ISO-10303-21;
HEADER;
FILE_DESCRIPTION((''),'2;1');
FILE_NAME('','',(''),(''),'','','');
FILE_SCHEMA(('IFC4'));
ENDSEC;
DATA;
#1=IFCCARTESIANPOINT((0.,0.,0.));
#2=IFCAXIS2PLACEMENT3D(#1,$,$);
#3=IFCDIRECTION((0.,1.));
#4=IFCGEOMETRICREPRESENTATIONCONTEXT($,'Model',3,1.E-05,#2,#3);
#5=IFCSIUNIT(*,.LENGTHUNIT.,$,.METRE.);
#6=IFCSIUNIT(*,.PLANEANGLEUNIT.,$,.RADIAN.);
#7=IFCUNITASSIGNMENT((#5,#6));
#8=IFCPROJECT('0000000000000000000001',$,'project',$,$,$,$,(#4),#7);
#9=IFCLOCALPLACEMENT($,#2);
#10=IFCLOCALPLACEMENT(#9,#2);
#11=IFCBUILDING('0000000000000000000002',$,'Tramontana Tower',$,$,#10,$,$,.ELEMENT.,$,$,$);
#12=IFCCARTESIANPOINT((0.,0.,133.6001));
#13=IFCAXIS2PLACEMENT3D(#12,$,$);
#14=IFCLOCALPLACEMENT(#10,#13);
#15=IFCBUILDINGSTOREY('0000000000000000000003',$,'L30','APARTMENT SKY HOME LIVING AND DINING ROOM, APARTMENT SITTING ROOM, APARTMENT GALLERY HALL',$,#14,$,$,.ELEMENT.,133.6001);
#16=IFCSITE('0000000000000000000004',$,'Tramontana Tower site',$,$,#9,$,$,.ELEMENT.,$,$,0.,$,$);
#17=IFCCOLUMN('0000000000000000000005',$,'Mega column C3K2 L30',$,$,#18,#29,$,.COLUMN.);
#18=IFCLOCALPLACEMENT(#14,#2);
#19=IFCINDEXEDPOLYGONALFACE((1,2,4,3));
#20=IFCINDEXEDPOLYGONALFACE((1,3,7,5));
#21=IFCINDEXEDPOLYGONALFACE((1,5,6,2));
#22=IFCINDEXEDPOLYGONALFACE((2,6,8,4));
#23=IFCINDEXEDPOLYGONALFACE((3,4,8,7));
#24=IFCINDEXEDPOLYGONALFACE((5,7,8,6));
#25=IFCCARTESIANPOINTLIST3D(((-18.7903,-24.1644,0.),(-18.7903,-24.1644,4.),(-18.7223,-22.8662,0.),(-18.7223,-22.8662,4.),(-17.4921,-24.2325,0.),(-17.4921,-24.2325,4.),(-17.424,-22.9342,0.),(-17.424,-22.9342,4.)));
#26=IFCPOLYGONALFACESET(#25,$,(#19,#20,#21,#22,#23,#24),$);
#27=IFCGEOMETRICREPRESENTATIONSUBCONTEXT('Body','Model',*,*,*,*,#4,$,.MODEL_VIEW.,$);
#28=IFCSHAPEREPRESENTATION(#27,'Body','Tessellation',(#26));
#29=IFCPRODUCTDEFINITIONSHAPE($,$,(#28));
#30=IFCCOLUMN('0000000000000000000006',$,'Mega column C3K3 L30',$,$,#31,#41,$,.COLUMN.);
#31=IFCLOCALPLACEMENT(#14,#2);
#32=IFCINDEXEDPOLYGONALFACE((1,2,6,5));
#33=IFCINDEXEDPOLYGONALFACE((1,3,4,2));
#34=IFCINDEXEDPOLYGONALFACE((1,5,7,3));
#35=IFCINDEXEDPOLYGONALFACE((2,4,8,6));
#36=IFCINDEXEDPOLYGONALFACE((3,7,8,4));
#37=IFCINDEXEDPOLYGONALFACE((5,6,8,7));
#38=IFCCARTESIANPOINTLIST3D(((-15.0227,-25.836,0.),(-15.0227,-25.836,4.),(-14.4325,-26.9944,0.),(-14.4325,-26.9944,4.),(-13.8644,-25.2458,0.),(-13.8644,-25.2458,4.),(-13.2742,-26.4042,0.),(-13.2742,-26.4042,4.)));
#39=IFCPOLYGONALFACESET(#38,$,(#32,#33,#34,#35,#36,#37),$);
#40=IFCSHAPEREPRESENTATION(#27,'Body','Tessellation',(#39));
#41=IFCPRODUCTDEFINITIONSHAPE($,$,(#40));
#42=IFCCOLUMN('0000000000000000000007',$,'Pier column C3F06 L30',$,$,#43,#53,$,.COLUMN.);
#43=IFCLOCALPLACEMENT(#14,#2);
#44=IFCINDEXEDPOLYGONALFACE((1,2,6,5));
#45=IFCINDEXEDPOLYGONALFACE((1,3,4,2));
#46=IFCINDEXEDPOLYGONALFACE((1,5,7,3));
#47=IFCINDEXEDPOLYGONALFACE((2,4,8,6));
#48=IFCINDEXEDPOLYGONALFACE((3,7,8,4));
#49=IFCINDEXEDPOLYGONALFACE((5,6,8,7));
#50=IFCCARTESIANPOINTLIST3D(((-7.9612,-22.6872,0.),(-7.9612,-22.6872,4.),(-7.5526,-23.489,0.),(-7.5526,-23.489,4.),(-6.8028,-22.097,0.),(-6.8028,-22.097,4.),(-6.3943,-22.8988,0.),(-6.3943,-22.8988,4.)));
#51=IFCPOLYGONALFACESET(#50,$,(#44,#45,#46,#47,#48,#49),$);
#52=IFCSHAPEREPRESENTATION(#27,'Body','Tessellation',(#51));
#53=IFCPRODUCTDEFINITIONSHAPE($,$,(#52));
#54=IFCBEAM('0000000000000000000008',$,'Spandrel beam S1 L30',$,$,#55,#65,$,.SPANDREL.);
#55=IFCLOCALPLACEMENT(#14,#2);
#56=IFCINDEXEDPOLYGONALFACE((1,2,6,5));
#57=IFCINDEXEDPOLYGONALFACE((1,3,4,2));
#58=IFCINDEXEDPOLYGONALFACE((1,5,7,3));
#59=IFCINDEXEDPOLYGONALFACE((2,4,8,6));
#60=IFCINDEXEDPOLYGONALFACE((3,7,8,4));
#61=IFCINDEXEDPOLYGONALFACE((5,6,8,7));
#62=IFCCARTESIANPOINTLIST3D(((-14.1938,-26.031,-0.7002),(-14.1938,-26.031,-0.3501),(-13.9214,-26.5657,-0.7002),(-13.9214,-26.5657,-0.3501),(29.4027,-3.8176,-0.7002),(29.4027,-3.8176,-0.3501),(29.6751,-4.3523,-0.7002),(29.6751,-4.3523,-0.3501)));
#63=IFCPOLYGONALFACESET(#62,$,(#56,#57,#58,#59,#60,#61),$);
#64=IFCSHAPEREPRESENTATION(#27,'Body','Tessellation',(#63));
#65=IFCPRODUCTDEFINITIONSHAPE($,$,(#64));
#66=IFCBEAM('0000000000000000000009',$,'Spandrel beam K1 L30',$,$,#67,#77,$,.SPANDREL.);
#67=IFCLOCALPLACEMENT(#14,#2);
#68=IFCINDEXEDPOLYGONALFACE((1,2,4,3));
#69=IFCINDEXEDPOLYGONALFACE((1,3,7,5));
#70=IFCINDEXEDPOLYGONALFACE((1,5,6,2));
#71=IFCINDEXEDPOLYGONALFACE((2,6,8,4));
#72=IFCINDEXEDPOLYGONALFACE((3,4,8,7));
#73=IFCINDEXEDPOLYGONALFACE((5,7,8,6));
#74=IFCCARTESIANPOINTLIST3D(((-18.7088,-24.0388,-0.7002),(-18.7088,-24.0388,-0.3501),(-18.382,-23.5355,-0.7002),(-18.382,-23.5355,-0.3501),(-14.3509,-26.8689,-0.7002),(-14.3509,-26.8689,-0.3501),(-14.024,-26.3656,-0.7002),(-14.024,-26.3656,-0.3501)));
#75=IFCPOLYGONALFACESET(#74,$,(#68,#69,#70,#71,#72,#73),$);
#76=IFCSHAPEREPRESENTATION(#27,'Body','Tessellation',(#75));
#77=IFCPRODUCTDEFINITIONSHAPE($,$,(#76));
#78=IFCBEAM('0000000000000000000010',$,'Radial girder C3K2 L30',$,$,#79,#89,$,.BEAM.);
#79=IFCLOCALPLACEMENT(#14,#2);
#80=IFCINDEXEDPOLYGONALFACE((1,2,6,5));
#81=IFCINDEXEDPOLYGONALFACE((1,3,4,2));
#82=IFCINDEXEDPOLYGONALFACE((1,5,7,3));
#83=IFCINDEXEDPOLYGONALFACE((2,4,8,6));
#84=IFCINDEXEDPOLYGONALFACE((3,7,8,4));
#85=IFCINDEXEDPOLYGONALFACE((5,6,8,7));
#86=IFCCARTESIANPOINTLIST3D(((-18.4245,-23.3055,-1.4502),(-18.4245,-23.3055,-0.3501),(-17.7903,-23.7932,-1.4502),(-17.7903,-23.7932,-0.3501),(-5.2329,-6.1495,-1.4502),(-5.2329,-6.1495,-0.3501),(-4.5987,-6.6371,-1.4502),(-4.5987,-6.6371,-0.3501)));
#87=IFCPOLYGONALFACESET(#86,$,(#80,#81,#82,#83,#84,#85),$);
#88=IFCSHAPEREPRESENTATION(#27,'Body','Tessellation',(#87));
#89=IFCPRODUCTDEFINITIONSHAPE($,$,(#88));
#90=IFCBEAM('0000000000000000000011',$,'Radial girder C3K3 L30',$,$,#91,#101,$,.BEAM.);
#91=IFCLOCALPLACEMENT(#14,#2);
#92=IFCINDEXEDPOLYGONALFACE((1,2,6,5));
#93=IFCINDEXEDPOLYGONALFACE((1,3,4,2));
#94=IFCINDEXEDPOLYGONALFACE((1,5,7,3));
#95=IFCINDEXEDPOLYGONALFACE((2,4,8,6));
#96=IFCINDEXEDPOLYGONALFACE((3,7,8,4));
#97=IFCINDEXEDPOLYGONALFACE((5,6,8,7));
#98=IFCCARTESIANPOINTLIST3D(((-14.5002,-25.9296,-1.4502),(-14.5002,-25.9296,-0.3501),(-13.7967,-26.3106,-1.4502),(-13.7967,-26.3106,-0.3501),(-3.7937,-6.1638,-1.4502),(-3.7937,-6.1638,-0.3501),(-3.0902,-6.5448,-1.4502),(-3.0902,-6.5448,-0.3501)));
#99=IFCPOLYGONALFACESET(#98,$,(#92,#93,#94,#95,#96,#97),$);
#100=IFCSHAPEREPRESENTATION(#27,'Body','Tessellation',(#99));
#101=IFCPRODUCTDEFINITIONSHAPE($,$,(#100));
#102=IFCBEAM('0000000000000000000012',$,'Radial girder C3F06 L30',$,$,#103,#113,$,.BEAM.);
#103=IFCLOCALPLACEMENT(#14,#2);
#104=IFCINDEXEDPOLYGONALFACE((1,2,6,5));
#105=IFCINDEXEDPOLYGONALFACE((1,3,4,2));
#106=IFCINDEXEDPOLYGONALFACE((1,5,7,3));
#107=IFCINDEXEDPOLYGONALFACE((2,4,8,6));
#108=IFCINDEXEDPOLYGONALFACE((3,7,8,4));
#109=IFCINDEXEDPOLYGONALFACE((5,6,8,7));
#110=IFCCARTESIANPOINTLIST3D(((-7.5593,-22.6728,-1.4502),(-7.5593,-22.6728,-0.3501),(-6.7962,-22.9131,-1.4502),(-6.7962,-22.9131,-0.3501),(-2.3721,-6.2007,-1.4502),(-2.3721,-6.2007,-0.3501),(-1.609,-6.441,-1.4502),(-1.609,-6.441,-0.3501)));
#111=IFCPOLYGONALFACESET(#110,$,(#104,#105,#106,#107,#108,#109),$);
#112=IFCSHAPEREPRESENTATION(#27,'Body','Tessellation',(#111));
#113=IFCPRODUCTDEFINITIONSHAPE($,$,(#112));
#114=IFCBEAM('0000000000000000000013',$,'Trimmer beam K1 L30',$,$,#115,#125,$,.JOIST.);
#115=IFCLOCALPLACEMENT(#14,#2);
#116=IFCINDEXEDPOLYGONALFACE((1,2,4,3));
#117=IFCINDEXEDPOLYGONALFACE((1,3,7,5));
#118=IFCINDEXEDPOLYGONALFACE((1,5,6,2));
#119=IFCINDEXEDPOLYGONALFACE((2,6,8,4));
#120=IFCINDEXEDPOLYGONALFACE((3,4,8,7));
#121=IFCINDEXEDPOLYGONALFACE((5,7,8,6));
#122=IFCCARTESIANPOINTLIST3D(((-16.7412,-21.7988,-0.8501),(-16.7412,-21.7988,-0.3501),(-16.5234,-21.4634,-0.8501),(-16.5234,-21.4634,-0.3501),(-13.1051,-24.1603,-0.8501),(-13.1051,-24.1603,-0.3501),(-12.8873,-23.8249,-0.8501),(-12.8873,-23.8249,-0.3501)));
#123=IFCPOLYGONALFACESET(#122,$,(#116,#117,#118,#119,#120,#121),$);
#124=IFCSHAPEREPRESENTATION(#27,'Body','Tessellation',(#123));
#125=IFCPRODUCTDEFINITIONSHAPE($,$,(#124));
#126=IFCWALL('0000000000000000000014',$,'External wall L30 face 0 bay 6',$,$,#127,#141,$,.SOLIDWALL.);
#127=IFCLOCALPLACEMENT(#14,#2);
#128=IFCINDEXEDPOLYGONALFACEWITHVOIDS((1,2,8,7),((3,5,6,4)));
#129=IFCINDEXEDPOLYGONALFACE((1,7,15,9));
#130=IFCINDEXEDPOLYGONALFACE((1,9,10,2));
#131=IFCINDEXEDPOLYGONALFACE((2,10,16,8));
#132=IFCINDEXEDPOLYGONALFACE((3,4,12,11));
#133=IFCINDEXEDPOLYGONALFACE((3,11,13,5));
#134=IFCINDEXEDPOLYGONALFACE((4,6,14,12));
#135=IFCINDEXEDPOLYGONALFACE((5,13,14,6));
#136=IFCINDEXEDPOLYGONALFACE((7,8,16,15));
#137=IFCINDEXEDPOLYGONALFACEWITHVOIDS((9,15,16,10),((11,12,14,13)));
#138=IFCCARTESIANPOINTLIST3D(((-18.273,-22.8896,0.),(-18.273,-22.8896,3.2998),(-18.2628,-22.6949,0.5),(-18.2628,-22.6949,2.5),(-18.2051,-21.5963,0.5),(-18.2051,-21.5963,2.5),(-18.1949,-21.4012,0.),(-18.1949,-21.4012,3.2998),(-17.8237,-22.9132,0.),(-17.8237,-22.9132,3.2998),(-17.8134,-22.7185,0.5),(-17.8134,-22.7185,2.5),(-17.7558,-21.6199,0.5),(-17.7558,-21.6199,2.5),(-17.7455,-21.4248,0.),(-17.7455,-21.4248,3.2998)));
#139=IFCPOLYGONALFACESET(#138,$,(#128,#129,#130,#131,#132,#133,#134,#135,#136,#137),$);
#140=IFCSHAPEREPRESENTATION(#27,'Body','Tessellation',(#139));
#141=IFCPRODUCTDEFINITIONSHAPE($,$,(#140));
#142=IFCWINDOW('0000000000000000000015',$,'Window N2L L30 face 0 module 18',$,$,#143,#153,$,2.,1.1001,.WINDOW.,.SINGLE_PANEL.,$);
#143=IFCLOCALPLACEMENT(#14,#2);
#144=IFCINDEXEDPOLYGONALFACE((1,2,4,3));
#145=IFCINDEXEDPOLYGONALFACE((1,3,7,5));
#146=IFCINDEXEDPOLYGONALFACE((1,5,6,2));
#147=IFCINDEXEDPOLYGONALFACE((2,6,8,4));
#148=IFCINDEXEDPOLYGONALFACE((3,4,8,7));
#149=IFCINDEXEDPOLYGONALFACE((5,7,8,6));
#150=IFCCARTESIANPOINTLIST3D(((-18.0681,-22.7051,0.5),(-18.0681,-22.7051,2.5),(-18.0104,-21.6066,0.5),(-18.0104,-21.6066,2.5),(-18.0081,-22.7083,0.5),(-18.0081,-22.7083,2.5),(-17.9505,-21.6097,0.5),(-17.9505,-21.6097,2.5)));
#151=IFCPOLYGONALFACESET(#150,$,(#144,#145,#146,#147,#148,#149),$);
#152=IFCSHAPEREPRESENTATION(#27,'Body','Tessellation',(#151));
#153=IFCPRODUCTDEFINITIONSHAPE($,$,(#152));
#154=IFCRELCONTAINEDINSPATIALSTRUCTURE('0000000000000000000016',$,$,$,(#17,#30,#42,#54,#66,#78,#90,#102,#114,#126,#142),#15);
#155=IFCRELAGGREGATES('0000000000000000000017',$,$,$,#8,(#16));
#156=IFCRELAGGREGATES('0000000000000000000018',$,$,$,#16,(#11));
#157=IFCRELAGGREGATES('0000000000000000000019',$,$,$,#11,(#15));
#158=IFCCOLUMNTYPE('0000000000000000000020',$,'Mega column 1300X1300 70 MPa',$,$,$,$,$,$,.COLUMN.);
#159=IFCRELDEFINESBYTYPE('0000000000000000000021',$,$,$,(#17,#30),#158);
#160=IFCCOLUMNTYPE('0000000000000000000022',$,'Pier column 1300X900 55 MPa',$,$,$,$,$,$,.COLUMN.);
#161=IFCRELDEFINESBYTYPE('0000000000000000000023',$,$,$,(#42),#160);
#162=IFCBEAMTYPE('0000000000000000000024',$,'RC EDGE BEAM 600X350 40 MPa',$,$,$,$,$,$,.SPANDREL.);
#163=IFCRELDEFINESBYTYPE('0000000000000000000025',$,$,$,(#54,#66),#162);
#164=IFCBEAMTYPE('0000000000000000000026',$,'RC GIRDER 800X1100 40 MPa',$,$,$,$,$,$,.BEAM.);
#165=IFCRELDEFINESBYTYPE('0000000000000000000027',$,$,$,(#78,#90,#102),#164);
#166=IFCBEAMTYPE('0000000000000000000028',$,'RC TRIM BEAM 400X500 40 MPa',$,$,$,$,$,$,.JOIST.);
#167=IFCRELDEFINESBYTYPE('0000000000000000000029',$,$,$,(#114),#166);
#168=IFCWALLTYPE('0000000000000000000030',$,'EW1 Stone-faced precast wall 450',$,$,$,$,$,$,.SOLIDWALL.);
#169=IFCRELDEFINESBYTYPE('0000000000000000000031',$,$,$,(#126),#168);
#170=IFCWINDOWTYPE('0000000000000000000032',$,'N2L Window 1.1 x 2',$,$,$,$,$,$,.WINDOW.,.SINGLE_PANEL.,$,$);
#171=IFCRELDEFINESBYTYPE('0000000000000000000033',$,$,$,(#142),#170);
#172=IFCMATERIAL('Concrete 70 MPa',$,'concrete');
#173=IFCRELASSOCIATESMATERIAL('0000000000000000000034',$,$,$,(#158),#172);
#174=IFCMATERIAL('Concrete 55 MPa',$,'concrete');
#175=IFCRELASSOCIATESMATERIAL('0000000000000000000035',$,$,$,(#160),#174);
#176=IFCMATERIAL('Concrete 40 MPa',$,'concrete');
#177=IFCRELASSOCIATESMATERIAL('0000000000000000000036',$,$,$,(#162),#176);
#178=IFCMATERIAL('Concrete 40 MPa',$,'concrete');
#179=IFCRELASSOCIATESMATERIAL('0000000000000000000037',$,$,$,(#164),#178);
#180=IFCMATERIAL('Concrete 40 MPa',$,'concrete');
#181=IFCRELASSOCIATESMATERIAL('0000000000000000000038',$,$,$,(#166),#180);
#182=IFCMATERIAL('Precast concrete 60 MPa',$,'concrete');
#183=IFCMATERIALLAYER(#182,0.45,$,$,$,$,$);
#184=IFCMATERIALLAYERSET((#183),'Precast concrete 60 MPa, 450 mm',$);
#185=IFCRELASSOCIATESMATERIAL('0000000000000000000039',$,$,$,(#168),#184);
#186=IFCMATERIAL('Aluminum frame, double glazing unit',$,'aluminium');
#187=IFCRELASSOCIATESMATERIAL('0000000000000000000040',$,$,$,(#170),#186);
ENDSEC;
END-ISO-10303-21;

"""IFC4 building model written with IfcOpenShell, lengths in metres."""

from ifc_helpers import new_model, si_unit, direction, frame, frame_2d, origin, origin_2d, place, context, subcontext, project, spatial, rectangle, extrude, material, layer, layer_set, material_profile, profile_set, type_object, element, fill, save


model = new_model("IFC4")

# Units and contexts
model_context = context("Model", 3, precision=1e-05, world=origin(), true_north=direction((0.0, 1.0)))
body_context = subcontext(model_context, "Body", "Model", "MODEL_VIEW")
ifc_project = project(units=[si_unit("LENGTHUNIT", "METRE"), si_unit("PLANEANGLEUNIT", "RADIAN")], contexts=[model_context])

# Site, building, storey
site_placement = place(None, origin())
site = spatial("IfcSite", under=ifc_project, at=site_placement, Name="Tramontana Tower site", CompositionType="ELEMENT", RefElevation=0.0)
building_placement = place(site_placement, origin())
building = spatial("IfcBuilding", under=site, at=building_placement, Name="Tramontana Tower", CompositionType="ELEMENT")
storey_placement = place(building_placement, frame((0.0, 0.0, 133.6001)))
storey = spatial("IfcBuildingStorey", under=building, at=storey_placement, Name="L30", Description="APARTMENT SKY HOME LIVING AND DINING ROOM, APARTMENT SITTING ROOM, APARTMENT GALLERY HALL", CompositionType="ELEMENT", Elevation=133.6001)

# Columns
ifc_material_1 = material(Name="Concrete 70 MPa", Category="concrete")
ifc_material_profile_1 = material_profile(ifc_material_1, rectangle(XDim=1.3, YDim=1.3, at=origin_2d()), Name="Mega column 1300X1300 70 MPa")
ifc_profile_set_1 = profile_set([ifc_material_profile_1], Name="Concrete 70 MPa")
column_type_1 = type_object("IfcColumnType", Name="Mega column 1300X1300 70 MPa", PredefinedType="COLUMN", material=ifc_profile_set_1)
for number, where, z_axis, x_axis, name in (
    (1, (-18.1072, -23.5493, 0.0), (0.0, 0.0, 1.0), (-0.052336, -0.99863, 0.0), "Mega column C3K2 L30"),
    (2, (-14.1484, -26.1201, 0.0), (0.0, 0.0, 1.0), (0.891007, 0.45399, 0.0), "Mega column C3K3 L30"),
):
    element("IfcColumn", number, at=place(storey_placement, frame(where, z_axis=z_axis, x_axis=x_axis)), inside=storey, type_object=column_type_1, Name=name, PredefinedType="COLUMN", context=body_context, shape_type="SweptSolid", body=[
        extrude(rectangle(XDim=1.3, YDim=1.3, at=origin_2d()), origin(), (0.0, 0.0, 1.0), 4.0),
    ])
ifc_material_2 = material(Name="Concrete 55 MPa", Category="concrete")
ifc_material_profile_2 = material_profile(ifc_material_2, rectangle(XDim=1.3, YDim=0.8999, at=origin_2d()), Name="Pier column 1300X900 55 MPa")
ifc_profile_set_2 = profile_set([ifc_material_profile_2], Name="Concrete 55 MPa")
column_type_2 = type_object("IfcColumnType", Name="Pier column 1300X900 55 MPa", PredefinedType="COLUMN", material=ifc_profile_set_2)
column_placement = place(storey_placement, frame((-7.1777, -22.793, 0.0), z_axis=(0.0, 0.0, 1.0), x_axis=(0.891007, 0.45399, 0.0)))
element("IfcColumn", 3, at=column_placement, inside=storey, type_object=column_type_2, Name="Pier column C3F06 L30", PredefinedType="COLUMN", context=body_context, shape_type="SweptSolid", body=[
    extrude(rectangle(XDim=1.3, YDim=0.8999, at=origin_2d()), origin(), (0.0, 0.0, 1.0), 4.0),
])

# Beams
ifc_material_3 = material(Name="Concrete 40 MPa", Category="concrete")
ifc_material_profile_3 = material_profile(ifc_material_3, rectangle(XDim=0.6001, YDim=0.3501, at=origin_2d()), Name="RC EDGE BEAM 600X350 40 MPa")
ifc_profile_set_3 = profile_set([ifc_material_profile_3], Name="Concrete 40 MPa")
beam_type_1 = type_object("IfcBeamType", Name="RC EDGE BEAM 600X350 40 MPa", PredefinedType="SPANDREL", material=ifc_profile_set_3)
beam_1_placement = place(storey_placement, frame((-14.0576, -26.2983, -0.5251), z_axis=(0.891007, 0.453989, 0.0), x_axis=(-0.453989, 0.891007, 0.0)))
element("IfcBeam", 4, at=beam_1_placement, inside=storey, type_object=beam_type_1, Name="Spandrel beam S1 L30", PredefinedType="SPANDREL", context=body_context, shape_type="SweptSolid", body=[
    extrude(rectangle(XDim=0.6001, YDim=0.3501, at=origin_2d()), origin(), (0.0, 0.0, 1.0), 48.9294),
])
beam_2_placement = place(storey_placement, frame((-18.5454, -23.7871, -0.5251), z_axis=(0.838669, -0.544641, 0.0), x_axis=(0.544641, 0.838669, 0.0)))
element("IfcBeam", 5, at=beam_2_placement, inside=storey, type_object=beam_type_1, Name="Spandrel beam K1 L30", PredefinedType="SPANDREL", context=body_context, shape_type="SweptSolid", body=[
    extrude(rectangle(XDim=0.6001, YDim=0.3501, at=origin_2d()), origin(), (0.0, 0.0, 1.0), 5.1963),
])
ifc_material_4 = material(Name="Concrete 40 MPa", Category="concrete")
ifc_material_profile_4 = material_profile(ifc_material_4, rectangle(XDim=0.8, YDim=1.1001, at=origin_2d()), Name="RC GIRDER 800X1100 40 MPa")
ifc_profile_set_4 = profile_set([ifc_material_profile_4], Name="Concrete 40 MPa")
beam_type_2 = type_object("IfcBeamType", Name="RC GIRDER 800X1100 40 MPa", PredefinedType="BEAM", material=ifc_profile_set_4)
beam_3_placement = place(storey_placement, frame((-18.1074, -23.5493, -0.9001), z_axis=(0.609558, 0.792742, 0.0), x_axis=(-0.792742, 0.609558, 0.0)))
element("IfcBeam", 6, at=beam_3_placement, inside=storey, type_object=beam_type_2, Name="Radial girder C3K2 L30", PredefinedType="BEAM", context=body_context, shape_type="SweptSolid", body=[
    extrude(rectangle(XDim=0.8, YDim=1.1001, at=origin_2d()), origin(), (0.0, 0.0, 1.0), 21.6414),
])
beam_4_placement = place(storey_placement, frame((-14.1484, -26.1201, -0.9001), z_axis=(0.476284, 0.879291, 0.0), x_axis=(-0.879291, 0.476284, 0.0)))
element("IfcBeam", 7, at=beam_4_placement, inside=storey, type_object=beam_type_2, Name="Radial girder C3K3 L30", PredefinedType="BEAM", context=body_context, shape_type="SweptSolid", body=[
    extrude(rectangle(XDim=0.8, YDim=1.1001, at=origin_2d()), origin(), (0.0, 0.0, 1.0), 22.4792),
])
beam_5_placement = place(storey_placement, frame((-7.1777, -22.793, -0.9001), z_axis=(0.300369, 0.953823, 0.0), x_axis=(-0.953823, 0.300369, 0.0)))
element("IfcBeam", 8, at=beam_5_placement, inside=storey, type_object=beam_type_2, Name="Radial girder C3F06 L30", PredefinedType="BEAM", context=body_context, shape_type="SweptSolid", body=[
    extrude(rectangle(XDim=0.8, YDim=1.1001, at=origin_2d()), origin(), (0.0, 0.0, 1.0), 17.2695),
])
ifc_material_5 = material(Name="Concrete 40 MPa", Category="concrete")
ifc_material_profile_5 = material_profile(ifc_material_5, rectangle(XDim=0.3999, YDim=0.5, at=origin_2d()), Name="RC TRIM BEAM 400X500 40 MPa")
ifc_profile_set_5 = profile_set([ifc_material_profile_5], Name="Concrete 40 MPa")
beam_type_3 = type_object("IfcBeamType", Name="RC TRIM BEAM 400X500 40 MPa", PredefinedType="JOIST", material=ifc_profile_set_5)
beam_6_placement = place(storey_placement, frame((-16.6323, -21.6311, -0.6001), z_axis=(0.838652, -0.544668, 0.0), x_axis=(0.544668, 0.838652, 0.0)))
element("IfcBeam", 9, at=beam_6_placement, inside=storey, type_object=beam_type_3, Name="Trimmer beam K1 L30", PredefinedType="JOIST", context=body_context, shape_type="SweptSolid", body=[
    extrude(rectangle(XDim=0.3999, YDim=0.5, at=origin_2d()), origin(), (0.0, 0.0, 1.0), 4.3357),
])

# Wall, opening, window
ifc_material_6 = material(Name="Precast concrete 60 MPa", Category="concrete")
ifc_layer_1 = layer(ifc_material_6, 0.45)
ifc_layer_set_1 = layer_set([ifc_layer_1], Name="Precast concrete 60 MPa, 450 mm")
wall_type_1 = type_object("IfcWallType", Name="EW1 Stone-faced precast wall 450", PredefinedType="SOLIDWALL", material=ifc_layer_set_1)
wall_1_placement = place(storey_placement, frame((-17.9702, -21.4131, 0.0), z_axis=(0.0, 0.0, 1.0), x_axis=(-0.052413, -0.998626, 0.0)))
wall_1 = element("IfcWall", 10, at=wall_1_placement, inside=storey, type_object=wall_type_1, Name="External wall L30 face 0 bay 6", PredefinedType="SOLIDWALL", context=body_context, shape_type="SweptSolid", body=[
    extrude(rectangle(XDim=1.4905, YDim=0.45, at=frame_2d((0.7451, 0.0))), origin(), (0.0, 0.0, 1.0), 3.2998),
])
opening_1_placement = place(wall_1_placement, frame((0.1953, 0.0, 0.5)))
opening_1 = element("IfcOpeningElement", 11, at=opening_1_placement, cuts=wall_1, PredefinedType="OPENING", context=body_context, shape_type="SweptSolid", body=[
    extrude(rectangle(XDim=1.1001, YDim=2.0, at=frame_2d((0.55, 1.0))), frame((0.0, 0.2349, 0.0), z_axis=(0.0, -1.0, 0.0), x_axis=(1.0, 0.0, 0.0)), (0.0, 0.0, 1.0), 0.47),
])
ifc_material_7 = material(Name="Aluminum frame, double glazing unit", Category="aluminium")
window_type_1 = type_object("IfcWindowType", Name="N2L Window 1.1 x 2", PartitioningType="SINGLE_PANEL", PredefinedType="WINDOW", material=ifc_material_7)
window_1_placement = place(opening_1_placement, origin())
window_1 = element("IfcWindow", 12, at=window_1_placement, inside=storey, type_object=window_type_1, Name="Window N2L L30 face 0 module 18", OverallHeight=2.0, OverallWidth=1.1001, PartitioningType="SINGLE_PANEL", PredefinedType="WINDOW", context=body_context, shape_type="SweptSolid", body=[
    extrude(rectangle(XDim=1.1001, YDim=2.0, at=frame_2d((0.55, 1.0))), frame((0.0, 0.03, 0.0), z_axis=(0.0, -1.0, 0.0), x_axis=(1.0, 0.0, 0.0)), (0.0, 0.0, 1.0), 0.0601),
])
fill(opening_1, window_1)

save(model, "model.ifc")
